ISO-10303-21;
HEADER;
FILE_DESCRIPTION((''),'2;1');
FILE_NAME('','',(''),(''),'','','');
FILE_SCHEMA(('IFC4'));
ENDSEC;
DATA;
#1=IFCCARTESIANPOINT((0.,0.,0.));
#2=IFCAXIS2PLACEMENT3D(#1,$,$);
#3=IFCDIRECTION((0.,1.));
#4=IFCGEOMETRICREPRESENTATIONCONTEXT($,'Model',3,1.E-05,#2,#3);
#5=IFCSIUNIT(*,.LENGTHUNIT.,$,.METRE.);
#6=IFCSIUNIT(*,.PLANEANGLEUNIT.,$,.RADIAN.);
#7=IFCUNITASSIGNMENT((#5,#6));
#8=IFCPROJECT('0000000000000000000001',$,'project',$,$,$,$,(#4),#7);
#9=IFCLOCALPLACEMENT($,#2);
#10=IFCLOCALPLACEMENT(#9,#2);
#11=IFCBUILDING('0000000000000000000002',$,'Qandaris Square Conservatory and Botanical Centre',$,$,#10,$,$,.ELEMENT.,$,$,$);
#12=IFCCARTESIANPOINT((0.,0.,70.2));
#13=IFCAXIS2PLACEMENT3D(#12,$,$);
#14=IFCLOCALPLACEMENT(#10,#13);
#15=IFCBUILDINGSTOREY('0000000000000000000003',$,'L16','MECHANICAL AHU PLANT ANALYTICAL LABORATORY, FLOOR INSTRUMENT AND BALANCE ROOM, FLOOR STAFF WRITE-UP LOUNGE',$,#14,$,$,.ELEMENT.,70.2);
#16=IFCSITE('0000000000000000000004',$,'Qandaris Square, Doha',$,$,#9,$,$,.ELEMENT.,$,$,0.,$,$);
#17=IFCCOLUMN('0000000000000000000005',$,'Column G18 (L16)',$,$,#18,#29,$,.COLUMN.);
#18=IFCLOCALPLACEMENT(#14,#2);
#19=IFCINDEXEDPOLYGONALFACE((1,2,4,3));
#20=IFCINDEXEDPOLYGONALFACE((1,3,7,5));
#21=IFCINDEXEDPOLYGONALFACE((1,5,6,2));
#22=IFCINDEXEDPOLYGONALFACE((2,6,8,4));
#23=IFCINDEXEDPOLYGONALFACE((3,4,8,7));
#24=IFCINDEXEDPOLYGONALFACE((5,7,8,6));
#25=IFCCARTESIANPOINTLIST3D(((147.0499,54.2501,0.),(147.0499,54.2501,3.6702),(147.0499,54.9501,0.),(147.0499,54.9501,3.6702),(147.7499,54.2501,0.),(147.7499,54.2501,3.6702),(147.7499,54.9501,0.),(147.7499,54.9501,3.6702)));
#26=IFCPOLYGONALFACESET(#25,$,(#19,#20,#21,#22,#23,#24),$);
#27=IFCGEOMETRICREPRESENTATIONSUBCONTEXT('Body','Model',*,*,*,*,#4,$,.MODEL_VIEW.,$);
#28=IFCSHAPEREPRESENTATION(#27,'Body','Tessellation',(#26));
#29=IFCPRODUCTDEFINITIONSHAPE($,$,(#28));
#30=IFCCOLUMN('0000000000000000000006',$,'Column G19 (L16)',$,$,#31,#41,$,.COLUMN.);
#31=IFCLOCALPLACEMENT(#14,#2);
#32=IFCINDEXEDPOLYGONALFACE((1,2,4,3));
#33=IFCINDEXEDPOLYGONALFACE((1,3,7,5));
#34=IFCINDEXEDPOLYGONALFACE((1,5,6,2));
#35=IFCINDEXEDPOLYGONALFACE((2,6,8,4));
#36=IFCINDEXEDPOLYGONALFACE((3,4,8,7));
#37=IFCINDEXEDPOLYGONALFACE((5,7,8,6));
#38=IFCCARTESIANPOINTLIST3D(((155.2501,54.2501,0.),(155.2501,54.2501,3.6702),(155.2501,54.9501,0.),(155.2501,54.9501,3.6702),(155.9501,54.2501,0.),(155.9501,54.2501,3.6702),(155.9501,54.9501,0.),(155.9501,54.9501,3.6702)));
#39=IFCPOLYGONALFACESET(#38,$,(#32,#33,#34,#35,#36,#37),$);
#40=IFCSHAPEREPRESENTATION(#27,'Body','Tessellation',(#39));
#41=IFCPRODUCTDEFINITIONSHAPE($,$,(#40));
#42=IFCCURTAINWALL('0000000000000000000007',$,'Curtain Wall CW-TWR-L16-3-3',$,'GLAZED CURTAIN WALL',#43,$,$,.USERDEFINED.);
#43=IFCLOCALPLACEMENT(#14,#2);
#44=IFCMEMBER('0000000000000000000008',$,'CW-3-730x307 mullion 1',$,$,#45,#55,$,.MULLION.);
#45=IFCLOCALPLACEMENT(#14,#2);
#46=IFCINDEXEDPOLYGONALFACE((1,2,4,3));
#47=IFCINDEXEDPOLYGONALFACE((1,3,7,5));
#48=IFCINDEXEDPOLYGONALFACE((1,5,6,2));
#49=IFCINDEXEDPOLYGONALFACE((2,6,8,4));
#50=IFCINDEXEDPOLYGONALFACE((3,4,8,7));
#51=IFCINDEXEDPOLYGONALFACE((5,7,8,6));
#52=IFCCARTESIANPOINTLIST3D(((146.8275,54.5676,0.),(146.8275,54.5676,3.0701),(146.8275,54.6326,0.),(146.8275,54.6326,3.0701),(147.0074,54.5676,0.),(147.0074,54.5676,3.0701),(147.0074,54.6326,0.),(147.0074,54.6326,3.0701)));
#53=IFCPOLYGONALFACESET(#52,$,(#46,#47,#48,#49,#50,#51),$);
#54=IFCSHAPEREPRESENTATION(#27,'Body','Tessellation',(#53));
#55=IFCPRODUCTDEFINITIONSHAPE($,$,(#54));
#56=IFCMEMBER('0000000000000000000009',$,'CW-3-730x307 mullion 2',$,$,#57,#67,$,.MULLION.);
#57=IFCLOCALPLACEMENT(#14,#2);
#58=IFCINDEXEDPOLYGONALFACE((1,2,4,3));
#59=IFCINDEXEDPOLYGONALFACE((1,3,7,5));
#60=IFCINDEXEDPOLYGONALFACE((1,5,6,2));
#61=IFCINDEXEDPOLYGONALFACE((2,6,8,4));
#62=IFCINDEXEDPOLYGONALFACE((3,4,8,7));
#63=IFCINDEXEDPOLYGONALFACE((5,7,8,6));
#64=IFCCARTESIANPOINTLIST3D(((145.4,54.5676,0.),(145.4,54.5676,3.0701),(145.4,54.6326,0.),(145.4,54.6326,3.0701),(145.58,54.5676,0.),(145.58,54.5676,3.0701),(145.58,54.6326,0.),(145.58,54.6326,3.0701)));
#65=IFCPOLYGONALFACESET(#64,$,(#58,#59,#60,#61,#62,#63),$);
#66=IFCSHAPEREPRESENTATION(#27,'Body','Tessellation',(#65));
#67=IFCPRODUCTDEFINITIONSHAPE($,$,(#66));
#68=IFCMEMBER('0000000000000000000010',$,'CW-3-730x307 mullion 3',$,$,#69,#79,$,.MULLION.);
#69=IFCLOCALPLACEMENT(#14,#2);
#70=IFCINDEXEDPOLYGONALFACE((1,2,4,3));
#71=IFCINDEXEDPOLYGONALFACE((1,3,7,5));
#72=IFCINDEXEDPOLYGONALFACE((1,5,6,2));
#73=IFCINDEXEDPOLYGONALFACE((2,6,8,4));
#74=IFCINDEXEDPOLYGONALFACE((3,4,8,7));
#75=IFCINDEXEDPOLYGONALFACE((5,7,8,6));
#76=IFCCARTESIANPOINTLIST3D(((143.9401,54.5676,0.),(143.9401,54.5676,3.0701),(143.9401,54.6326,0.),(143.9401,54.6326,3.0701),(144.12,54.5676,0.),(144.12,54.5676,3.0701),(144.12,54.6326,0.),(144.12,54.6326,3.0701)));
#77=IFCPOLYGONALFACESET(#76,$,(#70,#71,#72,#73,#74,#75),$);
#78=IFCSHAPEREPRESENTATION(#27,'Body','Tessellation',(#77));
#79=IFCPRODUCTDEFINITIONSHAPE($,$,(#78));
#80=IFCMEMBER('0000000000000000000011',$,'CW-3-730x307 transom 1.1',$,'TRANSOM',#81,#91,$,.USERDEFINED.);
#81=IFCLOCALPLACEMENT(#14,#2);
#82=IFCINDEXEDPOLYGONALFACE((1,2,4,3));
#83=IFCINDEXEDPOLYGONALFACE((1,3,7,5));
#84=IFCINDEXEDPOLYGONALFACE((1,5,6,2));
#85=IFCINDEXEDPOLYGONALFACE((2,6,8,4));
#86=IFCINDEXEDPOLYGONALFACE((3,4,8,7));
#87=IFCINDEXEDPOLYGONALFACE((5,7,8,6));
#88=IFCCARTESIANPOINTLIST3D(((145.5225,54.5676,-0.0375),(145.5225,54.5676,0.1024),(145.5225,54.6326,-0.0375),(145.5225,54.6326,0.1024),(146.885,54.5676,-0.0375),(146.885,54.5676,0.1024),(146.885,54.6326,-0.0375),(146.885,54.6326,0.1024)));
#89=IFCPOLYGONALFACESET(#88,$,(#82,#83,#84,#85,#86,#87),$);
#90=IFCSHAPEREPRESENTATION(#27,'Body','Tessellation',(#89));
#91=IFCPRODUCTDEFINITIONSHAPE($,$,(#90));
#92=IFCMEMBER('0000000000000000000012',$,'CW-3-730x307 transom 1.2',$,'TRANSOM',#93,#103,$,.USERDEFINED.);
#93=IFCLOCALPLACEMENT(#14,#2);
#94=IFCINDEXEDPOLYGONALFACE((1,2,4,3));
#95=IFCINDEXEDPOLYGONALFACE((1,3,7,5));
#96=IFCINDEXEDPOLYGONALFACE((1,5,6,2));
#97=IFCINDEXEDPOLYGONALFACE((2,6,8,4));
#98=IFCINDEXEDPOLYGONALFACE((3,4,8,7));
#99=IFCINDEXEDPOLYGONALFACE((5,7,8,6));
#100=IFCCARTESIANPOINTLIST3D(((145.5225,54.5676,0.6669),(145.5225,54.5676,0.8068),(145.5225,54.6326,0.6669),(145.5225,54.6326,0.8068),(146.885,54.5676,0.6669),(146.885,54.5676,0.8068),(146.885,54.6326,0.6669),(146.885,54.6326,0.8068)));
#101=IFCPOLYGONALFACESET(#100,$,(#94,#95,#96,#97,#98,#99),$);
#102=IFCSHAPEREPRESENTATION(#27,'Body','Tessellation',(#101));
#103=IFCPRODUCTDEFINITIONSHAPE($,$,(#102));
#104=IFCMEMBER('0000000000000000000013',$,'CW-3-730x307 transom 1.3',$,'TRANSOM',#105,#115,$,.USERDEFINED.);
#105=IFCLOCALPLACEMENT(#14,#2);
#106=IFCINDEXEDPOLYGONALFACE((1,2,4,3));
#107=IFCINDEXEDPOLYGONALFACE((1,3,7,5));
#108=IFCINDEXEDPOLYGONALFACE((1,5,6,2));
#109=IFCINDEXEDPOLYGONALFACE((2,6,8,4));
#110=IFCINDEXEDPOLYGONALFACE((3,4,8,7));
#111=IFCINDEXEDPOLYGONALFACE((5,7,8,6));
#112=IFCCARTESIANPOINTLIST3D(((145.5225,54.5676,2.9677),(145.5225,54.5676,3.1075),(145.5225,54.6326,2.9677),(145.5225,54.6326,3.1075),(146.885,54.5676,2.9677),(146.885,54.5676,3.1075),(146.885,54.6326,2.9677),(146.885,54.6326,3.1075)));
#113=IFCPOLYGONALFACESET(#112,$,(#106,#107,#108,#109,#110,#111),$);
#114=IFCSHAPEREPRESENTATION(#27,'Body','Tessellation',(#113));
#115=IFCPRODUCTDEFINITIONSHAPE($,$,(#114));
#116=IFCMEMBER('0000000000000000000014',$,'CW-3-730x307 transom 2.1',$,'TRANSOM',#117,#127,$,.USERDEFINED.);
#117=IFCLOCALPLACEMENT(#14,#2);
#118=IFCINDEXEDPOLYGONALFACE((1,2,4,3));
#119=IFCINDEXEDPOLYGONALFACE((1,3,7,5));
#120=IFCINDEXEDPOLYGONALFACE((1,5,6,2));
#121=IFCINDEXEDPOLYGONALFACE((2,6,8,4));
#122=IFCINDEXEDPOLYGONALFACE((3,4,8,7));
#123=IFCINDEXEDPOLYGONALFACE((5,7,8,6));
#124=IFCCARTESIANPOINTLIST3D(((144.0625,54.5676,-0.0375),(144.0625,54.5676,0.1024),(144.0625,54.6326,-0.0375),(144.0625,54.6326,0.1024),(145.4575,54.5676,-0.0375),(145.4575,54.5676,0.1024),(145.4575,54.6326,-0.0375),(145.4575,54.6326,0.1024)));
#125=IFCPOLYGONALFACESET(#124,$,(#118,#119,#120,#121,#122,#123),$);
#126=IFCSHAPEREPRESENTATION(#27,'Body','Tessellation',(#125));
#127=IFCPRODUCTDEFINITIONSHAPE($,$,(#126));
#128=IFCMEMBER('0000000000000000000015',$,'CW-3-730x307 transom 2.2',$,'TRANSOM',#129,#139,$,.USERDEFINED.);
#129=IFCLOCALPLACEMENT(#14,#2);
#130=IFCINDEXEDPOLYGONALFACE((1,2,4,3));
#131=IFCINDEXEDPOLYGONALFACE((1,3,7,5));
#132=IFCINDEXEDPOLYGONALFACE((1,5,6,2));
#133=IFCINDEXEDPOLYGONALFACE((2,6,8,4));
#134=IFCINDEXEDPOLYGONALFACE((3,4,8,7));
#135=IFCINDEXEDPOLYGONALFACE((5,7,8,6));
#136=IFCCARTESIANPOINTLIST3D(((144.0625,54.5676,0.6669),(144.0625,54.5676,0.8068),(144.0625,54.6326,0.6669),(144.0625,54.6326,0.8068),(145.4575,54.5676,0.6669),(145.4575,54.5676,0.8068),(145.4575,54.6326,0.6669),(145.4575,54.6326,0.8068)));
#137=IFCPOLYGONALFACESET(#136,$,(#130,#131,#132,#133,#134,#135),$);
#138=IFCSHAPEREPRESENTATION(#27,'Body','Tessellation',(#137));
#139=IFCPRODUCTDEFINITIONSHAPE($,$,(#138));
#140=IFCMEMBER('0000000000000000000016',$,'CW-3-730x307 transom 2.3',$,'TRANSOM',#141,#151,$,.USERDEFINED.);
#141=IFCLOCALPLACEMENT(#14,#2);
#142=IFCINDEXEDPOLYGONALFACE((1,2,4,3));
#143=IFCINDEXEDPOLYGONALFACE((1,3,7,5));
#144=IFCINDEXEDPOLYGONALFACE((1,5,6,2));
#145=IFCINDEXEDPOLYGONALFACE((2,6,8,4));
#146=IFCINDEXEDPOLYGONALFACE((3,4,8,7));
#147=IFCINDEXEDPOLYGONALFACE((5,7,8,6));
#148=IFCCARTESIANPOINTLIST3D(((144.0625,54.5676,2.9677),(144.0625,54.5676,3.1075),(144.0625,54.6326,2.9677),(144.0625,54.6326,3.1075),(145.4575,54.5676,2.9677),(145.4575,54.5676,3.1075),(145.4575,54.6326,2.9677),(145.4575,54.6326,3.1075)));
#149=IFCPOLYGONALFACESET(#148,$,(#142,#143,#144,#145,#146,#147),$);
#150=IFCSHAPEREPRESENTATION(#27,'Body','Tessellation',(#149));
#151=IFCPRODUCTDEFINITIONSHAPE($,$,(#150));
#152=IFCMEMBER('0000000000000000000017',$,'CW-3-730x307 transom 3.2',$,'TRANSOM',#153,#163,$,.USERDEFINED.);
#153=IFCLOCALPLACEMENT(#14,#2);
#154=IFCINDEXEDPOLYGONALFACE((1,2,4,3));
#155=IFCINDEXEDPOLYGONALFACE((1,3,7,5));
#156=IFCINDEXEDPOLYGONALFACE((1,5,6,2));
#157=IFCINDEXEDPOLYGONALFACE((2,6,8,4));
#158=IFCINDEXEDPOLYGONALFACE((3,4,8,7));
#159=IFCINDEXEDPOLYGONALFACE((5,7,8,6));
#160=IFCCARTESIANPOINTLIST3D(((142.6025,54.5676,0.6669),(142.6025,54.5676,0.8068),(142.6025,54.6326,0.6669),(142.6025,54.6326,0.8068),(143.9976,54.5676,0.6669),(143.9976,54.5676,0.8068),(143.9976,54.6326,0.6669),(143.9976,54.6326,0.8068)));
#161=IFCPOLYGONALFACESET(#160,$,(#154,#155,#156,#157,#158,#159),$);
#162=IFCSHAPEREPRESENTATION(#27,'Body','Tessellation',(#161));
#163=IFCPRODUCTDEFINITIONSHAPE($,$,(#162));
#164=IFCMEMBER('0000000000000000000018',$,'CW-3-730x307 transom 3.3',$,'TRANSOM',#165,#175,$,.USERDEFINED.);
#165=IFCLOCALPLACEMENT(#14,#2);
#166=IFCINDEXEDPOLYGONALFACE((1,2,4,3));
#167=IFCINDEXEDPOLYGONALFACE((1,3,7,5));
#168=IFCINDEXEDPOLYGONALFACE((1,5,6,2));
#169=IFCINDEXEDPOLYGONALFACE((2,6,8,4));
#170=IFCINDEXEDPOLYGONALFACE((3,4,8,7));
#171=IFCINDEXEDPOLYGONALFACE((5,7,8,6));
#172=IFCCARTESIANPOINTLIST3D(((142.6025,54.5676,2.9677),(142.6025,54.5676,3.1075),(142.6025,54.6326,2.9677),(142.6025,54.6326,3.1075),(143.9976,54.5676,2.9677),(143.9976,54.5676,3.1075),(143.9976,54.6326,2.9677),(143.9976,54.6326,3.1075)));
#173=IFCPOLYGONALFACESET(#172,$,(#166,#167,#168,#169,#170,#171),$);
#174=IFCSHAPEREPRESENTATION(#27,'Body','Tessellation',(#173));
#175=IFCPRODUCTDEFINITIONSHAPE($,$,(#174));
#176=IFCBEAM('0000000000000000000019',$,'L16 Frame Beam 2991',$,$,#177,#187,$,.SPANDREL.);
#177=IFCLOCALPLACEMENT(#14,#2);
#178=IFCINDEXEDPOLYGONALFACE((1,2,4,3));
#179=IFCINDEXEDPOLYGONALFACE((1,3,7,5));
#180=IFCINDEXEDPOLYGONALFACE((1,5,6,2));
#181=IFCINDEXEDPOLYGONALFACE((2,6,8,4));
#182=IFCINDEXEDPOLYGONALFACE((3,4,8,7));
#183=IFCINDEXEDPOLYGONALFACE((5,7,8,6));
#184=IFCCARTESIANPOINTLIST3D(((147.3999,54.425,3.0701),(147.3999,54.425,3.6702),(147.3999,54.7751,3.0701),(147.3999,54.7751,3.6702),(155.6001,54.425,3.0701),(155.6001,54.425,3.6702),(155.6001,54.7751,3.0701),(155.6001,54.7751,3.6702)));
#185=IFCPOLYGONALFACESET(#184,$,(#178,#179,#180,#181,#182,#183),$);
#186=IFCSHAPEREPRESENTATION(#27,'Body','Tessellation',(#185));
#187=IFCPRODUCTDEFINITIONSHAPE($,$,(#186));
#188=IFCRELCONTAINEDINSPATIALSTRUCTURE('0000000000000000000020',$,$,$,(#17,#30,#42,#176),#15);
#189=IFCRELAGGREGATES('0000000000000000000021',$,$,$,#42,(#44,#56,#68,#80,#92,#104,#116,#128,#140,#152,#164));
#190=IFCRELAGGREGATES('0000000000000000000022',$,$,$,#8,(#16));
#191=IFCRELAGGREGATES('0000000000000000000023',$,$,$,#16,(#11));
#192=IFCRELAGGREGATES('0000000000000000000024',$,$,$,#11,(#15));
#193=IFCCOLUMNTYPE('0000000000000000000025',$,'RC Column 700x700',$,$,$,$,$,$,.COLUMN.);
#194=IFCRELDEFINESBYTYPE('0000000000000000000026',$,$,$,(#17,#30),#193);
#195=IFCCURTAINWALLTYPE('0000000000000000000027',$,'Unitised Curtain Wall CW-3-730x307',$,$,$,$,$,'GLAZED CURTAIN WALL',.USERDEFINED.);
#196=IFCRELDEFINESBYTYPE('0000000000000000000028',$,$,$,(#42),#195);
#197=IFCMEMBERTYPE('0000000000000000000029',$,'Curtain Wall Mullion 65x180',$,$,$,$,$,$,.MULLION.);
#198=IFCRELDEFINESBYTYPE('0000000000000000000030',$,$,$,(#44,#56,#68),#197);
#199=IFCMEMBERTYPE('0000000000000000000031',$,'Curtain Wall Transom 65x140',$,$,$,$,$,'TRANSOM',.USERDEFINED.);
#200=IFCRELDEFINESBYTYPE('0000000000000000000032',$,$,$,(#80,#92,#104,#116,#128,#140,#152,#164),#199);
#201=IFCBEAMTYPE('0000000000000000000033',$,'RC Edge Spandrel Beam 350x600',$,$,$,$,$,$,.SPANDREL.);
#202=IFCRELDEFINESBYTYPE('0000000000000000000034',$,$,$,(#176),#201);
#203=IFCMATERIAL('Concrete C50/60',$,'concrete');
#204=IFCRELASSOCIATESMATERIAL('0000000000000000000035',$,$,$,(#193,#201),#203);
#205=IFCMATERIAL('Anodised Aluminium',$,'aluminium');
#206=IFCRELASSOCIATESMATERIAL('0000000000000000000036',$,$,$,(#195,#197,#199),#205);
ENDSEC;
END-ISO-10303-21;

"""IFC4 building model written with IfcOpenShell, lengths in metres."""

from ifc_helpers import new_model, si_unit, direction, frame, origin, origin_2d, place, context, subcontext, project, spatial, rectangle, extrude, material, material_profile, profile_set, type_object, element, aggregate, save


model = new_model("IFC4")

# Units and contexts
model_context = context("Model", 3, precision=1e-05, world=origin(), true_north=direction((0.0, 1.0)))
body_context = subcontext(model_context, "Body", "Model", "MODEL_VIEW")
ifc_project = project(units=[si_unit("LENGTHUNIT", "METRE"), si_unit("PLANEANGLEUNIT", "RADIAN")], contexts=[model_context])

# Site, building, storey
site_placement = place(None, origin())
site = spatial("IfcSite", under=ifc_project, at=site_placement, Name="Qandaris Square, Doha", CompositionType="ELEMENT", RefElevation=0.0)
building_placement = place(site_placement, origin())
building = spatial("IfcBuilding", under=site, at=building_placement, Name="Qandaris Square Conservatory and Botanical Centre", CompositionType="ELEMENT")
storey_placement = place(building_placement, frame((0.0, 0.0, 70.2)))
storey = spatial("IfcBuildingStorey", under=building, at=storey_placement, Name="L16", Description="MECHANICAL AHU PLANT ANALYTICAL LABORATORY, FLOOR INSTRUMENT AND BALANCE ROOM, FLOOR STAFF WRITE-UP LOUNGE", CompositionType="ELEMENT", Elevation=70.2)

# Columns
ifc_material_1 = material(Name="Concrete C50/60", Category="concrete")
ifc_material_profile_1 = material_profile(ifc_material_1, rectangle(XDim=0.7, YDim=0.7, at=origin_2d()), Name="RC-COL 700x700")
ifc_profile_set_1 = profile_set([ifc_material_profile_1], Name="Concrete C50/60")
column_type = type_object("IfcColumnType", Name="RC Column 700x700", PredefinedType="COLUMN", material=ifc_profile_set_1)
for number, where, z_axis, x_axis, name in (
    (1, (147.3999, 54.6001, 0.0), (0.0, 0.0, 1.0), (1.0, 0.0, 0.0), "Column G18 (L16)"),
    (2, (155.6001, 54.6001, 0.0), (0.0, 0.0, 1.0), (1.0, 0.0, 0.0), "Column G19 (L16)"),
):
    element("IfcColumn", number, at=place(storey_placement, frame(where, z_axis=z_axis, x_axis=x_axis)), inside=storey, type_object=column_type, Name=name, PredefinedType="COLUMN", context=body_context, shape_type="SweptSolid", body=[
        extrude(rectangle(XDim=0.7, YDim=0.7, at=origin_2d()), origin(), (0.0, 0.0, 1.0), 3.6702),
    ])

# Curtain wall, members
ifc_material_2 = material(Name="Anodised Aluminium", Category="aluminium")
curtain_wall_type = type_object("IfcCurtainWallType", Name="Unitised Curtain Wall CW-3-730x307", ElementType="GLAZED CURTAIN WALL", PredefinedType="USERDEFINED", material=ifc_material_2)
curtain_wall_placement = place(storey_placement, origin())
curtain_wall = element("IfcCurtainWall", 3, at=curtain_wall_placement, inside=storey, type_object=curtain_wall_type, Name="Curtain Wall CW-TWR-L16-3-3", ObjectType="GLAZED CURTAIN WALL", PredefinedType="USERDEFINED")
ifc_material_profile_2 = material_profile(ifc_material_2, rectangle(XDim=0.0649, YDim=0.1799, at=origin_2d()), Name="ALU-MUL 65x180")
ifc_profile_set_2 = profile_set([ifc_material_profile_2], Name="Anodised Aluminium")
member_type_1 = type_object("IfcMemberType", Name="Curtain Wall Mullion 65x180", PredefinedType="MULLION", material=ifc_profile_set_2)
member_1_placement = place(storey_placement, frame((146.9175, 54.6001, 0.0), z_axis=(0.0, 0.0, 1.0), x_axis=(0.0, -1.0, 0.0)))
member_1 = element("IfcMember", 4, at=member_1_placement, type_object=member_type_1, Name="CW-3-730x307 mullion 1", PredefinedType="MULLION", context=body_context, shape_type="SweptSolid", body=[
    extrude(rectangle(XDim=0.0649, YDim=0.1799, at=origin_2d()), origin(), (0.0, 0.0, 1.0), 3.0701),
])
member_2_placement = place(storey_placement, frame((145.49, 54.6001, 0.0), z_axis=(0.0, 0.0, 1.0), x_axis=(0.0, -1.0, 0.0)))
member_2 = element("IfcMember", 5, at=member_2_placement, type_object=member_type_1, Name="CW-3-730x307 mullion 2", PredefinedType="MULLION", context=body_context, shape_type="SweptSolid", body=[
    extrude(rectangle(XDim=0.0649, YDim=0.1799, at=origin_2d()), origin(), (0.0, 0.0, 1.0), 3.0701),
])
member_3_placement = place(storey_placement, frame((144.03, 54.6001, 0.0), z_axis=(0.0, 0.0, 1.0), x_axis=(0.0, -1.0, 0.0)))
member_3 = element("IfcMember", 6, at=member_3_placement, type_object=member_type_1, Name="CW-3-730x307 mullion 3", PredefinedType="MULLION", context=body_context, shape_type="SweptSolid", body=[
    extrude(rectangle(XDim=0.0649, YDim=0.1799, at=origin_2d()), origin(), (0.0, 0.0, 1.0), 3.0701),
])
ifc_material_profile_3 = material_profile(ifc_material_2, rectangle(XDim=0.0649, YDim=0.1399, at=origin_2d()), Name="ALU-TRN 65x140")
ifc_profile_set_3 = profile_set([ifc_material_profile_3], Name="Anodised Aluminium")
member_type_2 = type_object("IfcMemberType", Name="Curtain Wall Transom 65x140", ElementType="TRANSOM", PredefinedType="USERDEFINED", material=ifc_profile_set_3)
member_4_placement = place(storey_placement, frame((146.885, 54.6001, 0.0325), z_axis=(-1.0, 0.0, 0.0), x_axis=(0.0, -1.0, 0.0)))
member_4 = element("IfcMember", 7, at=member_4_placement, type_object=member_type_2, Name="CW-3-730x307 transom 1.1", ObjectType="TRANSOM", PredefinedType="USERDEFINED", context=body_context, shape_type="SweptSolid", body=[
    extrude(rectangle(XDim=0.0649, YDim=0.1399, at=origin_2d()), origin(), (0.0, 0.0, 1.0), 1.3625),
])
member_5_placement = place(storey_placement, frame((146.885, 54.6001, 0.7368), z_axis=(-1.0, 0.0, 0.0), x_axis=(0.0, -1.0, 0.0)))
member_5 = element("IfcMember", 8, at=member_5_placement, type_object=member_type_2, Name="CW-3-730x307 transom 1.2", ObjectType="TRANSOM", PredefinedType="USERDEFINED", context=body_context, shape_type="SweptSolid", body=[
    extrude(rectangle(XDim=0.0649, YDim=0.1399, at=origin_2d()), origin(), (0.0, 0.0, 1.0), 1.3625),
])
member_6_placement = place(storey_placement, frame((146.885, 54.6001, 3.0376), z_axis=(-1.0, 0.0, 0.0), x_axis=(0.0, -1.0, 0.0)))
member_6 = element("IfcMember", 9, at=member_6_placement, type_object=member_type_2, Name="CW-3-730x307 transom 1.3", ObjectType="TRANSOM", PredefinedType="USERDEFINED", context=body_context, shape_type="SweptSolid", body=[
    extrude(rectangle(XDim=0.0649, YDim=0.1399, at=origin_2d()), origin(), (0.0, 0.0, 1.0), 1.3625),
])
member_7_placement = place(storey_placement, frame((145.4575, 54.6001, 0.0325), z_axis=(-1.0, 0.0, 0.0), x_axis=(0.0, -1.0, 0.0)))
member_7 = element("IfcMember", 10, at=member_7_placement, type_object=member_type_2, Name="CW-3-730x307 transom 2.1", ObjectType="TRANSOM", PredefinedType="USERDEFINED", context=body_context, shape_type="SweptSolid", body=[
    extrude(rectangle(XDim=0.0649, YDim=0.1399, at=origin_2d()), origin(), (0.0, 0.0, 1.0), 1.395),
])
member_8_placement = place(storey_placement, frame((145.4575, 54.6001, 0.7368), z_axis=(-1.0, 0.0, 0.0), x_axis=(0.0, -1.0, 0.0)))
member_8 = element("IfcMember", 11, at=member_8_placement, type_object=member_type_2, Name="CW-3-730x307 transom 2.2", ObjectType="TRANSOM", PredefinedType="USERDEFINED", context=body_context, shape_type="SweptSolid", body=[
    extrude(rectangle(XDim=0.0649, YDim=0.1399, at=origin_2d()), origin(), (0.0, 0.0, 1.0), 1.395),
])
member_9_placement = place(storey_placement, frame((145.4575, 54.6001, 3.0376), z_axis=(-1.0, 0.0, 0.0), x_axis=(0.0, -1.0, 0.0)))
member_9 = element("IfcMember", 12, at=member_9_placement, type_object=member_type_2, Name="CW-3-730x307 transom 2.3", ObjectType="TRANSOM", PredefinedType="USERDEFINED", context=body_context, shape_type="SweptSolid", body=[
    extrude(rectangle(XDim=0.0649, YDim=0.1399, at=origin_2d()), origin(), (0.0, 0.0, 1.0), 1.395),
])
member_10_placement = place(storey_placement, frame((143.9976, 54.6001, 0.7368), z_axis=(-1.0, 0.0, 0.0), x_axis=(0.0, -1.0, 0.0)))
member_10 = element("IfcMember", 13, at=member_10_placement, type_object=member_type_2, Name="CW-3-730x307 transom 3.2", ObjectType="TRANSOM", PredefinedType="USERDEFINED", context=body_context, shape_type="SweptSolid", body=[
    extrude(rectangle(XDim=0.0649, YDim=0.1399, at=origin_2d()), origin(), (0.0, 0.0, 1.0), 1.395),
])
member_11_placement = place(storey_placement, frame((143.9976, 54.6001, 3.0376), z_axis=(-1.0, 0.0, 0.0), x_axis=(0.0, -1.0, 0.0)))
member_11 = element("IfcMember", 14, at=member_11_placement, type_object=member_type_2, Name="CW-3-730x307 transom 3.3", ObjectType="TRANSOM", PredefinedType="USERDEFINED", context=body_context, shape_type="SweptSolid", body=[
    extrude(rectangle(XDim=0.0649, YDim=0.1399, at=origin_2d()), origin(), (0.0, 0.0, 1.0), 1.395),
])

# Beam
ifc_material_profile_4 = material_profile(ifc_material_1, rectangle(XDim=0.3501, YDim=0.6001, at=origin_2d()), Name="RC-SP 350x600")
ifc_profile_set_4 = profile_set([ifc_material_profile_4], Name="Concrete C50/60")
beam_type_1 = type_object("IfcBeamType", Name="RC Edge Spandrel Beam 350x600", PredefinedType="SPANDREL", material=ifc_profile_set_4)
beam_1_placement = place(storey_placement, frame((147.3999, 54.6001, 3.3701), z_axis=(1.0, 0.0, 0.0), x_axis=(0.0, 1.0, 0.0)))
element("IfcBeam", 15, at=beam_1_placement, inside=storey, type_object=beam_type_1, Name="L16 Frame Beam 2991", PredefinedType="SPANDREL", context=body_context, shape_type="SweptSolid", body=[
    extrude(rectangle(XDim=0.3501, YDim=0.6001, at=origin_2d()), origin(), (0.0, 0.0, 1.0), 8.2002),
])

aggregate(curtain_wall, [member_1, member_2, member_3, member_4, member_5, member_6, member_7, member_8, member_9, member_10, member_11])

save(model, "model.ifc")
